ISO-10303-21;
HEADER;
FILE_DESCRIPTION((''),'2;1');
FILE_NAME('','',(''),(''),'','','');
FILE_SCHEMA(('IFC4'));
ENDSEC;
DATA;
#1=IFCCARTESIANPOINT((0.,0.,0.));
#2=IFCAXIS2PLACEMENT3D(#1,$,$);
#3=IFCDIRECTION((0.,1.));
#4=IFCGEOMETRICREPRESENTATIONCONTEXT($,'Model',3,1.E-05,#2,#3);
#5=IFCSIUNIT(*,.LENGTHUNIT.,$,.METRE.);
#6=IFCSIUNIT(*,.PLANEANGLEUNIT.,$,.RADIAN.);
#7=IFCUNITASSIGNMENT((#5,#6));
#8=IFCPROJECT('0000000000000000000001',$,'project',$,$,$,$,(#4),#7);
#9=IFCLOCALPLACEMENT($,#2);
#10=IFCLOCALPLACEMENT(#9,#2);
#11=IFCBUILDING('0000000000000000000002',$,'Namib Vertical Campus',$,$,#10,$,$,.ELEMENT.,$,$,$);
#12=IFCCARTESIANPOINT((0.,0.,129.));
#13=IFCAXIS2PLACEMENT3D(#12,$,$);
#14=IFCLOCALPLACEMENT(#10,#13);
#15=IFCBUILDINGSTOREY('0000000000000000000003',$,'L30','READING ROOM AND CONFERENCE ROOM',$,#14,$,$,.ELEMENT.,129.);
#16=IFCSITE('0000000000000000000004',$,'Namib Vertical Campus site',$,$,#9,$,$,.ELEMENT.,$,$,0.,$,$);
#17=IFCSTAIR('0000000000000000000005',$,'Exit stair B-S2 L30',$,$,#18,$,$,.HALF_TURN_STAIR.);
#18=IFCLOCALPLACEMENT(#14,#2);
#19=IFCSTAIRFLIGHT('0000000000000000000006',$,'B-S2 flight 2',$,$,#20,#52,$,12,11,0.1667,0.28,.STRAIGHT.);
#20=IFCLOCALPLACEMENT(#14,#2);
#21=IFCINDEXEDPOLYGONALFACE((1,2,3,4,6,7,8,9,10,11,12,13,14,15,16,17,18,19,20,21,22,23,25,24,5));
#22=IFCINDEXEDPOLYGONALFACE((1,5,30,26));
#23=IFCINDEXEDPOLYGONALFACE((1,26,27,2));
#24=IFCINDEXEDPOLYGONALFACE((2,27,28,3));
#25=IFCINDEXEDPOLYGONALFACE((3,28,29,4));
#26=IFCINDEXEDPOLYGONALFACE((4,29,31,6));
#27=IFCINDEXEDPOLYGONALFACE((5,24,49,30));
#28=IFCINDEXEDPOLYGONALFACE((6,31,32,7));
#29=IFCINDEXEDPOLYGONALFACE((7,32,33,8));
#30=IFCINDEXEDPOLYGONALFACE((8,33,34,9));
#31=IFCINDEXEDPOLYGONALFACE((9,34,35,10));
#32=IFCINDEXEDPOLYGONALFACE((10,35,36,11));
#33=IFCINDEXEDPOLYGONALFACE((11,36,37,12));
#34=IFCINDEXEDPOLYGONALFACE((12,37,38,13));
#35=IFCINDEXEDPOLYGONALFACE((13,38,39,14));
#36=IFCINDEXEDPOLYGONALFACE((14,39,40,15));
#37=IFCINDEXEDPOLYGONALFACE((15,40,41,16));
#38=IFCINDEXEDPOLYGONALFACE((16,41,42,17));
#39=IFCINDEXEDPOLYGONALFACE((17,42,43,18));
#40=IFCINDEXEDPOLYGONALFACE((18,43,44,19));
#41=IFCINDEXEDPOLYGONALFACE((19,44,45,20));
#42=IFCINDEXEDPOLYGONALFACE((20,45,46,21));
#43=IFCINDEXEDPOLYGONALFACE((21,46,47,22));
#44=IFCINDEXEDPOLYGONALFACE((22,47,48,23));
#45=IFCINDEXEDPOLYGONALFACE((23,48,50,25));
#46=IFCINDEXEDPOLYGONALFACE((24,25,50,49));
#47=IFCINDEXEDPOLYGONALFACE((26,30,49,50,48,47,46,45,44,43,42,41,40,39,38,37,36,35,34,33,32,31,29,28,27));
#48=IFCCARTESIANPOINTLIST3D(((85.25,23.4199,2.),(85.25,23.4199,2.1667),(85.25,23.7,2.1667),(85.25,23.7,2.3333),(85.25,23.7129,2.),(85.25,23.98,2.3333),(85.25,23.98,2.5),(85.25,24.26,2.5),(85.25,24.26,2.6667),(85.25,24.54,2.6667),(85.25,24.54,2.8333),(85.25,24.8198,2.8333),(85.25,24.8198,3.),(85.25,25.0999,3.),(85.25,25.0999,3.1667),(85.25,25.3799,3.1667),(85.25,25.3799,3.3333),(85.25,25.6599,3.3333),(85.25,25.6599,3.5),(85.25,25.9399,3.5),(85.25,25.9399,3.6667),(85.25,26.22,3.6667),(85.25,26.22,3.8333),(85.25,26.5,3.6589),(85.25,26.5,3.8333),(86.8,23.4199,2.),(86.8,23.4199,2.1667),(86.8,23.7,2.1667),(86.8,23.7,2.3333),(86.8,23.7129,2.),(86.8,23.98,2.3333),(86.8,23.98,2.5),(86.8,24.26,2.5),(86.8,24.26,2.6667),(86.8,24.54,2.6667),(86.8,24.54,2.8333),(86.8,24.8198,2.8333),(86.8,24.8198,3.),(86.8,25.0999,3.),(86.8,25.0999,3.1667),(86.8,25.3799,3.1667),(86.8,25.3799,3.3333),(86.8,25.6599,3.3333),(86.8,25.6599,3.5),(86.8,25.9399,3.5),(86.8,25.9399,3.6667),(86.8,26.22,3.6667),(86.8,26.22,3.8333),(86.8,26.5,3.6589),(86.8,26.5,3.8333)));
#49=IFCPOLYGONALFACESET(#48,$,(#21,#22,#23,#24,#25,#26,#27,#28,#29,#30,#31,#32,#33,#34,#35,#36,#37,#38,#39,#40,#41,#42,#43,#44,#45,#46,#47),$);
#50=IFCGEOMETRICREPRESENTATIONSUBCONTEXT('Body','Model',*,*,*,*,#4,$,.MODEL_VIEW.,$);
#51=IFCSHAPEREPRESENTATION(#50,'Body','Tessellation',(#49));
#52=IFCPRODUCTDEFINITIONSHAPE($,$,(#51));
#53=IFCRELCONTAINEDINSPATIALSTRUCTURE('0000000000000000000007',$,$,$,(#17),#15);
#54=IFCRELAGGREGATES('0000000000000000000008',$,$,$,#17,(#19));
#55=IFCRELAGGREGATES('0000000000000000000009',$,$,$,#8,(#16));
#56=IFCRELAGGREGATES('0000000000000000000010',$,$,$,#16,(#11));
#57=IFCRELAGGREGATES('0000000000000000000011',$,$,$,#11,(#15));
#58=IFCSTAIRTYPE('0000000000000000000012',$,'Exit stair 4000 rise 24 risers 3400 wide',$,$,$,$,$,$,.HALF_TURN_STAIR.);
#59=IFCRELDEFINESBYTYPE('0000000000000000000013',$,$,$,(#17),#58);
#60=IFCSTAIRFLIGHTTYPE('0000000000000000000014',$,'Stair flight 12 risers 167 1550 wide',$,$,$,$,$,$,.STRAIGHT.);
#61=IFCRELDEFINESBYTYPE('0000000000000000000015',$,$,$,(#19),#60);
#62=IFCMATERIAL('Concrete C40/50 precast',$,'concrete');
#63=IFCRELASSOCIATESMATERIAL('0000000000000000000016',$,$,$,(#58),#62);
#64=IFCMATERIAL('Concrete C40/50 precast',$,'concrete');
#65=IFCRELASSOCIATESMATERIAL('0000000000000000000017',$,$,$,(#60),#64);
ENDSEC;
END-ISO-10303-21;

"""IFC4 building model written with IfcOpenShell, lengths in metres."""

from ifc_helpers import new_model, si_unit, direction, frame, origin, place, context, subcontext, project, spatial, polyline, outline, extrude, material, type_object, element, aggregate, save


model = new_model("IFC4")

# Units and contexts
model_context = context("Model", 3, precision=1e-05, world=origin(), true_north=direction((0.0, 1.0)))
body_context = subcontext(model_context, "Body", "Model", "MODEL_VIEW")
ifc_project = project(units=[si_unit("LENGTHUNIT", "METRE"), si_unit("PLANEANGLEUNIT", "RADIAN")], contexts=[model_context])

# Site, building, storey
site_placement = place(None, origin())
site = spatial("IfcSite", under=ifc_project, at=site_placement, Name="Namib Vertical Campus site", CompositionType="ELEMENT", RefElevation=0.0)
building_placement = place(site_placement, origin())
building = spatial("IfcBuilding", under=site, at=building_placement, Name="Namib Vertical Campus", CompositionType="ELEMENT")
storey_placement = place(building_placement, frame((0.0, 0.0, 129.0)))
storey = spatial("IfcBuildingStorey", under=building, at=storey_placement, Name="L30", Description="READING ROOM AND CONFERENCE ROOM", CompositionType="ELEMENT", Elevation=129.0)

# Stair, stair flight
ifc_material_1 = material(Name="Concrete C40/50 precast", Category="concrete")
stair_type = type_object("IfcStairType", Name="Exit stair 4000 rise 24 risers 3400 wide", PredefinedType="HALF_TURN_STAIR", material=ifc_material_1)
stair_placement = place(storey_placement, origin())
stair = element("IfcStair", 1, at=stair_placement, inside=storey, type_object=stair_type, Name="Exit stair B-S2 L30", PredefinedType="HALF_TURN_STAIR")
ifc_material_2 = material(Name="Concrete C40/50 precast", Category="concrete")
stair_flight_type = type_object("IfcStairFlightType", Name="Stair flight 12 risers 167 1550 wide", PredefinedType="STRAIGHT", material=ifc_material_2)
stair_flight_1_placement = place(storey_placement, frame((86.0249, 23.4199, 2.0), z_axis=(0.0, 0.0, 1.0), x_axis=(0.0, 1.0, 0.0)))
stair_flight_1 = element("IfcStairFlight", 2, at=stair_flight_1_placement, type_object=stair_flight_type, Name="B-S2 flight 2", NumberOfRisers=12, NumberOfTreads=11, PredefinedType="STRAIGHT", RiserHeight=0.1667, TreadLength=0.28, context=body_context, shape_type="SweptSolid", body=[
    extrude(outline(polyline([(0.0, 0.0), (0.0, 0.1667), (0.28, 0.1667), (0.28, 0.3333), (0.5601, 0.3333), (0.5601, 0.5), (0.8401, 0.5), (0.8401, 0.6667), (1.1201, 0.6667), (1.1201, 0.8333), (1.3999, 0.8333), (1.3999, 1.0), (1.6799, 1.0), (1.6799, 1.1667), (1.96, 1.1667), (1.96, 1.3333), (2.24, 1.3333), (2.24, 1.5), (2.52, 1.5), (2.52, 1.6667), (2.8, 1.6667), (2.8, 1.8333), (3.0801, 1.8333), (3.0801, 2.0), (3.0801, 1.6589), (0.293, 0.0), (0.0, 0.0)])), frame((0.0, 0.7749, 0.0), z_axis=(0.0, -1.0, 0.0), x_axis=(1.0, 0.0, 0.0)), (0.0, 0.0, 1.0), 1.55),
])
aggregate(stair, [stair_flight_1])

save(model, "model.ifc")
